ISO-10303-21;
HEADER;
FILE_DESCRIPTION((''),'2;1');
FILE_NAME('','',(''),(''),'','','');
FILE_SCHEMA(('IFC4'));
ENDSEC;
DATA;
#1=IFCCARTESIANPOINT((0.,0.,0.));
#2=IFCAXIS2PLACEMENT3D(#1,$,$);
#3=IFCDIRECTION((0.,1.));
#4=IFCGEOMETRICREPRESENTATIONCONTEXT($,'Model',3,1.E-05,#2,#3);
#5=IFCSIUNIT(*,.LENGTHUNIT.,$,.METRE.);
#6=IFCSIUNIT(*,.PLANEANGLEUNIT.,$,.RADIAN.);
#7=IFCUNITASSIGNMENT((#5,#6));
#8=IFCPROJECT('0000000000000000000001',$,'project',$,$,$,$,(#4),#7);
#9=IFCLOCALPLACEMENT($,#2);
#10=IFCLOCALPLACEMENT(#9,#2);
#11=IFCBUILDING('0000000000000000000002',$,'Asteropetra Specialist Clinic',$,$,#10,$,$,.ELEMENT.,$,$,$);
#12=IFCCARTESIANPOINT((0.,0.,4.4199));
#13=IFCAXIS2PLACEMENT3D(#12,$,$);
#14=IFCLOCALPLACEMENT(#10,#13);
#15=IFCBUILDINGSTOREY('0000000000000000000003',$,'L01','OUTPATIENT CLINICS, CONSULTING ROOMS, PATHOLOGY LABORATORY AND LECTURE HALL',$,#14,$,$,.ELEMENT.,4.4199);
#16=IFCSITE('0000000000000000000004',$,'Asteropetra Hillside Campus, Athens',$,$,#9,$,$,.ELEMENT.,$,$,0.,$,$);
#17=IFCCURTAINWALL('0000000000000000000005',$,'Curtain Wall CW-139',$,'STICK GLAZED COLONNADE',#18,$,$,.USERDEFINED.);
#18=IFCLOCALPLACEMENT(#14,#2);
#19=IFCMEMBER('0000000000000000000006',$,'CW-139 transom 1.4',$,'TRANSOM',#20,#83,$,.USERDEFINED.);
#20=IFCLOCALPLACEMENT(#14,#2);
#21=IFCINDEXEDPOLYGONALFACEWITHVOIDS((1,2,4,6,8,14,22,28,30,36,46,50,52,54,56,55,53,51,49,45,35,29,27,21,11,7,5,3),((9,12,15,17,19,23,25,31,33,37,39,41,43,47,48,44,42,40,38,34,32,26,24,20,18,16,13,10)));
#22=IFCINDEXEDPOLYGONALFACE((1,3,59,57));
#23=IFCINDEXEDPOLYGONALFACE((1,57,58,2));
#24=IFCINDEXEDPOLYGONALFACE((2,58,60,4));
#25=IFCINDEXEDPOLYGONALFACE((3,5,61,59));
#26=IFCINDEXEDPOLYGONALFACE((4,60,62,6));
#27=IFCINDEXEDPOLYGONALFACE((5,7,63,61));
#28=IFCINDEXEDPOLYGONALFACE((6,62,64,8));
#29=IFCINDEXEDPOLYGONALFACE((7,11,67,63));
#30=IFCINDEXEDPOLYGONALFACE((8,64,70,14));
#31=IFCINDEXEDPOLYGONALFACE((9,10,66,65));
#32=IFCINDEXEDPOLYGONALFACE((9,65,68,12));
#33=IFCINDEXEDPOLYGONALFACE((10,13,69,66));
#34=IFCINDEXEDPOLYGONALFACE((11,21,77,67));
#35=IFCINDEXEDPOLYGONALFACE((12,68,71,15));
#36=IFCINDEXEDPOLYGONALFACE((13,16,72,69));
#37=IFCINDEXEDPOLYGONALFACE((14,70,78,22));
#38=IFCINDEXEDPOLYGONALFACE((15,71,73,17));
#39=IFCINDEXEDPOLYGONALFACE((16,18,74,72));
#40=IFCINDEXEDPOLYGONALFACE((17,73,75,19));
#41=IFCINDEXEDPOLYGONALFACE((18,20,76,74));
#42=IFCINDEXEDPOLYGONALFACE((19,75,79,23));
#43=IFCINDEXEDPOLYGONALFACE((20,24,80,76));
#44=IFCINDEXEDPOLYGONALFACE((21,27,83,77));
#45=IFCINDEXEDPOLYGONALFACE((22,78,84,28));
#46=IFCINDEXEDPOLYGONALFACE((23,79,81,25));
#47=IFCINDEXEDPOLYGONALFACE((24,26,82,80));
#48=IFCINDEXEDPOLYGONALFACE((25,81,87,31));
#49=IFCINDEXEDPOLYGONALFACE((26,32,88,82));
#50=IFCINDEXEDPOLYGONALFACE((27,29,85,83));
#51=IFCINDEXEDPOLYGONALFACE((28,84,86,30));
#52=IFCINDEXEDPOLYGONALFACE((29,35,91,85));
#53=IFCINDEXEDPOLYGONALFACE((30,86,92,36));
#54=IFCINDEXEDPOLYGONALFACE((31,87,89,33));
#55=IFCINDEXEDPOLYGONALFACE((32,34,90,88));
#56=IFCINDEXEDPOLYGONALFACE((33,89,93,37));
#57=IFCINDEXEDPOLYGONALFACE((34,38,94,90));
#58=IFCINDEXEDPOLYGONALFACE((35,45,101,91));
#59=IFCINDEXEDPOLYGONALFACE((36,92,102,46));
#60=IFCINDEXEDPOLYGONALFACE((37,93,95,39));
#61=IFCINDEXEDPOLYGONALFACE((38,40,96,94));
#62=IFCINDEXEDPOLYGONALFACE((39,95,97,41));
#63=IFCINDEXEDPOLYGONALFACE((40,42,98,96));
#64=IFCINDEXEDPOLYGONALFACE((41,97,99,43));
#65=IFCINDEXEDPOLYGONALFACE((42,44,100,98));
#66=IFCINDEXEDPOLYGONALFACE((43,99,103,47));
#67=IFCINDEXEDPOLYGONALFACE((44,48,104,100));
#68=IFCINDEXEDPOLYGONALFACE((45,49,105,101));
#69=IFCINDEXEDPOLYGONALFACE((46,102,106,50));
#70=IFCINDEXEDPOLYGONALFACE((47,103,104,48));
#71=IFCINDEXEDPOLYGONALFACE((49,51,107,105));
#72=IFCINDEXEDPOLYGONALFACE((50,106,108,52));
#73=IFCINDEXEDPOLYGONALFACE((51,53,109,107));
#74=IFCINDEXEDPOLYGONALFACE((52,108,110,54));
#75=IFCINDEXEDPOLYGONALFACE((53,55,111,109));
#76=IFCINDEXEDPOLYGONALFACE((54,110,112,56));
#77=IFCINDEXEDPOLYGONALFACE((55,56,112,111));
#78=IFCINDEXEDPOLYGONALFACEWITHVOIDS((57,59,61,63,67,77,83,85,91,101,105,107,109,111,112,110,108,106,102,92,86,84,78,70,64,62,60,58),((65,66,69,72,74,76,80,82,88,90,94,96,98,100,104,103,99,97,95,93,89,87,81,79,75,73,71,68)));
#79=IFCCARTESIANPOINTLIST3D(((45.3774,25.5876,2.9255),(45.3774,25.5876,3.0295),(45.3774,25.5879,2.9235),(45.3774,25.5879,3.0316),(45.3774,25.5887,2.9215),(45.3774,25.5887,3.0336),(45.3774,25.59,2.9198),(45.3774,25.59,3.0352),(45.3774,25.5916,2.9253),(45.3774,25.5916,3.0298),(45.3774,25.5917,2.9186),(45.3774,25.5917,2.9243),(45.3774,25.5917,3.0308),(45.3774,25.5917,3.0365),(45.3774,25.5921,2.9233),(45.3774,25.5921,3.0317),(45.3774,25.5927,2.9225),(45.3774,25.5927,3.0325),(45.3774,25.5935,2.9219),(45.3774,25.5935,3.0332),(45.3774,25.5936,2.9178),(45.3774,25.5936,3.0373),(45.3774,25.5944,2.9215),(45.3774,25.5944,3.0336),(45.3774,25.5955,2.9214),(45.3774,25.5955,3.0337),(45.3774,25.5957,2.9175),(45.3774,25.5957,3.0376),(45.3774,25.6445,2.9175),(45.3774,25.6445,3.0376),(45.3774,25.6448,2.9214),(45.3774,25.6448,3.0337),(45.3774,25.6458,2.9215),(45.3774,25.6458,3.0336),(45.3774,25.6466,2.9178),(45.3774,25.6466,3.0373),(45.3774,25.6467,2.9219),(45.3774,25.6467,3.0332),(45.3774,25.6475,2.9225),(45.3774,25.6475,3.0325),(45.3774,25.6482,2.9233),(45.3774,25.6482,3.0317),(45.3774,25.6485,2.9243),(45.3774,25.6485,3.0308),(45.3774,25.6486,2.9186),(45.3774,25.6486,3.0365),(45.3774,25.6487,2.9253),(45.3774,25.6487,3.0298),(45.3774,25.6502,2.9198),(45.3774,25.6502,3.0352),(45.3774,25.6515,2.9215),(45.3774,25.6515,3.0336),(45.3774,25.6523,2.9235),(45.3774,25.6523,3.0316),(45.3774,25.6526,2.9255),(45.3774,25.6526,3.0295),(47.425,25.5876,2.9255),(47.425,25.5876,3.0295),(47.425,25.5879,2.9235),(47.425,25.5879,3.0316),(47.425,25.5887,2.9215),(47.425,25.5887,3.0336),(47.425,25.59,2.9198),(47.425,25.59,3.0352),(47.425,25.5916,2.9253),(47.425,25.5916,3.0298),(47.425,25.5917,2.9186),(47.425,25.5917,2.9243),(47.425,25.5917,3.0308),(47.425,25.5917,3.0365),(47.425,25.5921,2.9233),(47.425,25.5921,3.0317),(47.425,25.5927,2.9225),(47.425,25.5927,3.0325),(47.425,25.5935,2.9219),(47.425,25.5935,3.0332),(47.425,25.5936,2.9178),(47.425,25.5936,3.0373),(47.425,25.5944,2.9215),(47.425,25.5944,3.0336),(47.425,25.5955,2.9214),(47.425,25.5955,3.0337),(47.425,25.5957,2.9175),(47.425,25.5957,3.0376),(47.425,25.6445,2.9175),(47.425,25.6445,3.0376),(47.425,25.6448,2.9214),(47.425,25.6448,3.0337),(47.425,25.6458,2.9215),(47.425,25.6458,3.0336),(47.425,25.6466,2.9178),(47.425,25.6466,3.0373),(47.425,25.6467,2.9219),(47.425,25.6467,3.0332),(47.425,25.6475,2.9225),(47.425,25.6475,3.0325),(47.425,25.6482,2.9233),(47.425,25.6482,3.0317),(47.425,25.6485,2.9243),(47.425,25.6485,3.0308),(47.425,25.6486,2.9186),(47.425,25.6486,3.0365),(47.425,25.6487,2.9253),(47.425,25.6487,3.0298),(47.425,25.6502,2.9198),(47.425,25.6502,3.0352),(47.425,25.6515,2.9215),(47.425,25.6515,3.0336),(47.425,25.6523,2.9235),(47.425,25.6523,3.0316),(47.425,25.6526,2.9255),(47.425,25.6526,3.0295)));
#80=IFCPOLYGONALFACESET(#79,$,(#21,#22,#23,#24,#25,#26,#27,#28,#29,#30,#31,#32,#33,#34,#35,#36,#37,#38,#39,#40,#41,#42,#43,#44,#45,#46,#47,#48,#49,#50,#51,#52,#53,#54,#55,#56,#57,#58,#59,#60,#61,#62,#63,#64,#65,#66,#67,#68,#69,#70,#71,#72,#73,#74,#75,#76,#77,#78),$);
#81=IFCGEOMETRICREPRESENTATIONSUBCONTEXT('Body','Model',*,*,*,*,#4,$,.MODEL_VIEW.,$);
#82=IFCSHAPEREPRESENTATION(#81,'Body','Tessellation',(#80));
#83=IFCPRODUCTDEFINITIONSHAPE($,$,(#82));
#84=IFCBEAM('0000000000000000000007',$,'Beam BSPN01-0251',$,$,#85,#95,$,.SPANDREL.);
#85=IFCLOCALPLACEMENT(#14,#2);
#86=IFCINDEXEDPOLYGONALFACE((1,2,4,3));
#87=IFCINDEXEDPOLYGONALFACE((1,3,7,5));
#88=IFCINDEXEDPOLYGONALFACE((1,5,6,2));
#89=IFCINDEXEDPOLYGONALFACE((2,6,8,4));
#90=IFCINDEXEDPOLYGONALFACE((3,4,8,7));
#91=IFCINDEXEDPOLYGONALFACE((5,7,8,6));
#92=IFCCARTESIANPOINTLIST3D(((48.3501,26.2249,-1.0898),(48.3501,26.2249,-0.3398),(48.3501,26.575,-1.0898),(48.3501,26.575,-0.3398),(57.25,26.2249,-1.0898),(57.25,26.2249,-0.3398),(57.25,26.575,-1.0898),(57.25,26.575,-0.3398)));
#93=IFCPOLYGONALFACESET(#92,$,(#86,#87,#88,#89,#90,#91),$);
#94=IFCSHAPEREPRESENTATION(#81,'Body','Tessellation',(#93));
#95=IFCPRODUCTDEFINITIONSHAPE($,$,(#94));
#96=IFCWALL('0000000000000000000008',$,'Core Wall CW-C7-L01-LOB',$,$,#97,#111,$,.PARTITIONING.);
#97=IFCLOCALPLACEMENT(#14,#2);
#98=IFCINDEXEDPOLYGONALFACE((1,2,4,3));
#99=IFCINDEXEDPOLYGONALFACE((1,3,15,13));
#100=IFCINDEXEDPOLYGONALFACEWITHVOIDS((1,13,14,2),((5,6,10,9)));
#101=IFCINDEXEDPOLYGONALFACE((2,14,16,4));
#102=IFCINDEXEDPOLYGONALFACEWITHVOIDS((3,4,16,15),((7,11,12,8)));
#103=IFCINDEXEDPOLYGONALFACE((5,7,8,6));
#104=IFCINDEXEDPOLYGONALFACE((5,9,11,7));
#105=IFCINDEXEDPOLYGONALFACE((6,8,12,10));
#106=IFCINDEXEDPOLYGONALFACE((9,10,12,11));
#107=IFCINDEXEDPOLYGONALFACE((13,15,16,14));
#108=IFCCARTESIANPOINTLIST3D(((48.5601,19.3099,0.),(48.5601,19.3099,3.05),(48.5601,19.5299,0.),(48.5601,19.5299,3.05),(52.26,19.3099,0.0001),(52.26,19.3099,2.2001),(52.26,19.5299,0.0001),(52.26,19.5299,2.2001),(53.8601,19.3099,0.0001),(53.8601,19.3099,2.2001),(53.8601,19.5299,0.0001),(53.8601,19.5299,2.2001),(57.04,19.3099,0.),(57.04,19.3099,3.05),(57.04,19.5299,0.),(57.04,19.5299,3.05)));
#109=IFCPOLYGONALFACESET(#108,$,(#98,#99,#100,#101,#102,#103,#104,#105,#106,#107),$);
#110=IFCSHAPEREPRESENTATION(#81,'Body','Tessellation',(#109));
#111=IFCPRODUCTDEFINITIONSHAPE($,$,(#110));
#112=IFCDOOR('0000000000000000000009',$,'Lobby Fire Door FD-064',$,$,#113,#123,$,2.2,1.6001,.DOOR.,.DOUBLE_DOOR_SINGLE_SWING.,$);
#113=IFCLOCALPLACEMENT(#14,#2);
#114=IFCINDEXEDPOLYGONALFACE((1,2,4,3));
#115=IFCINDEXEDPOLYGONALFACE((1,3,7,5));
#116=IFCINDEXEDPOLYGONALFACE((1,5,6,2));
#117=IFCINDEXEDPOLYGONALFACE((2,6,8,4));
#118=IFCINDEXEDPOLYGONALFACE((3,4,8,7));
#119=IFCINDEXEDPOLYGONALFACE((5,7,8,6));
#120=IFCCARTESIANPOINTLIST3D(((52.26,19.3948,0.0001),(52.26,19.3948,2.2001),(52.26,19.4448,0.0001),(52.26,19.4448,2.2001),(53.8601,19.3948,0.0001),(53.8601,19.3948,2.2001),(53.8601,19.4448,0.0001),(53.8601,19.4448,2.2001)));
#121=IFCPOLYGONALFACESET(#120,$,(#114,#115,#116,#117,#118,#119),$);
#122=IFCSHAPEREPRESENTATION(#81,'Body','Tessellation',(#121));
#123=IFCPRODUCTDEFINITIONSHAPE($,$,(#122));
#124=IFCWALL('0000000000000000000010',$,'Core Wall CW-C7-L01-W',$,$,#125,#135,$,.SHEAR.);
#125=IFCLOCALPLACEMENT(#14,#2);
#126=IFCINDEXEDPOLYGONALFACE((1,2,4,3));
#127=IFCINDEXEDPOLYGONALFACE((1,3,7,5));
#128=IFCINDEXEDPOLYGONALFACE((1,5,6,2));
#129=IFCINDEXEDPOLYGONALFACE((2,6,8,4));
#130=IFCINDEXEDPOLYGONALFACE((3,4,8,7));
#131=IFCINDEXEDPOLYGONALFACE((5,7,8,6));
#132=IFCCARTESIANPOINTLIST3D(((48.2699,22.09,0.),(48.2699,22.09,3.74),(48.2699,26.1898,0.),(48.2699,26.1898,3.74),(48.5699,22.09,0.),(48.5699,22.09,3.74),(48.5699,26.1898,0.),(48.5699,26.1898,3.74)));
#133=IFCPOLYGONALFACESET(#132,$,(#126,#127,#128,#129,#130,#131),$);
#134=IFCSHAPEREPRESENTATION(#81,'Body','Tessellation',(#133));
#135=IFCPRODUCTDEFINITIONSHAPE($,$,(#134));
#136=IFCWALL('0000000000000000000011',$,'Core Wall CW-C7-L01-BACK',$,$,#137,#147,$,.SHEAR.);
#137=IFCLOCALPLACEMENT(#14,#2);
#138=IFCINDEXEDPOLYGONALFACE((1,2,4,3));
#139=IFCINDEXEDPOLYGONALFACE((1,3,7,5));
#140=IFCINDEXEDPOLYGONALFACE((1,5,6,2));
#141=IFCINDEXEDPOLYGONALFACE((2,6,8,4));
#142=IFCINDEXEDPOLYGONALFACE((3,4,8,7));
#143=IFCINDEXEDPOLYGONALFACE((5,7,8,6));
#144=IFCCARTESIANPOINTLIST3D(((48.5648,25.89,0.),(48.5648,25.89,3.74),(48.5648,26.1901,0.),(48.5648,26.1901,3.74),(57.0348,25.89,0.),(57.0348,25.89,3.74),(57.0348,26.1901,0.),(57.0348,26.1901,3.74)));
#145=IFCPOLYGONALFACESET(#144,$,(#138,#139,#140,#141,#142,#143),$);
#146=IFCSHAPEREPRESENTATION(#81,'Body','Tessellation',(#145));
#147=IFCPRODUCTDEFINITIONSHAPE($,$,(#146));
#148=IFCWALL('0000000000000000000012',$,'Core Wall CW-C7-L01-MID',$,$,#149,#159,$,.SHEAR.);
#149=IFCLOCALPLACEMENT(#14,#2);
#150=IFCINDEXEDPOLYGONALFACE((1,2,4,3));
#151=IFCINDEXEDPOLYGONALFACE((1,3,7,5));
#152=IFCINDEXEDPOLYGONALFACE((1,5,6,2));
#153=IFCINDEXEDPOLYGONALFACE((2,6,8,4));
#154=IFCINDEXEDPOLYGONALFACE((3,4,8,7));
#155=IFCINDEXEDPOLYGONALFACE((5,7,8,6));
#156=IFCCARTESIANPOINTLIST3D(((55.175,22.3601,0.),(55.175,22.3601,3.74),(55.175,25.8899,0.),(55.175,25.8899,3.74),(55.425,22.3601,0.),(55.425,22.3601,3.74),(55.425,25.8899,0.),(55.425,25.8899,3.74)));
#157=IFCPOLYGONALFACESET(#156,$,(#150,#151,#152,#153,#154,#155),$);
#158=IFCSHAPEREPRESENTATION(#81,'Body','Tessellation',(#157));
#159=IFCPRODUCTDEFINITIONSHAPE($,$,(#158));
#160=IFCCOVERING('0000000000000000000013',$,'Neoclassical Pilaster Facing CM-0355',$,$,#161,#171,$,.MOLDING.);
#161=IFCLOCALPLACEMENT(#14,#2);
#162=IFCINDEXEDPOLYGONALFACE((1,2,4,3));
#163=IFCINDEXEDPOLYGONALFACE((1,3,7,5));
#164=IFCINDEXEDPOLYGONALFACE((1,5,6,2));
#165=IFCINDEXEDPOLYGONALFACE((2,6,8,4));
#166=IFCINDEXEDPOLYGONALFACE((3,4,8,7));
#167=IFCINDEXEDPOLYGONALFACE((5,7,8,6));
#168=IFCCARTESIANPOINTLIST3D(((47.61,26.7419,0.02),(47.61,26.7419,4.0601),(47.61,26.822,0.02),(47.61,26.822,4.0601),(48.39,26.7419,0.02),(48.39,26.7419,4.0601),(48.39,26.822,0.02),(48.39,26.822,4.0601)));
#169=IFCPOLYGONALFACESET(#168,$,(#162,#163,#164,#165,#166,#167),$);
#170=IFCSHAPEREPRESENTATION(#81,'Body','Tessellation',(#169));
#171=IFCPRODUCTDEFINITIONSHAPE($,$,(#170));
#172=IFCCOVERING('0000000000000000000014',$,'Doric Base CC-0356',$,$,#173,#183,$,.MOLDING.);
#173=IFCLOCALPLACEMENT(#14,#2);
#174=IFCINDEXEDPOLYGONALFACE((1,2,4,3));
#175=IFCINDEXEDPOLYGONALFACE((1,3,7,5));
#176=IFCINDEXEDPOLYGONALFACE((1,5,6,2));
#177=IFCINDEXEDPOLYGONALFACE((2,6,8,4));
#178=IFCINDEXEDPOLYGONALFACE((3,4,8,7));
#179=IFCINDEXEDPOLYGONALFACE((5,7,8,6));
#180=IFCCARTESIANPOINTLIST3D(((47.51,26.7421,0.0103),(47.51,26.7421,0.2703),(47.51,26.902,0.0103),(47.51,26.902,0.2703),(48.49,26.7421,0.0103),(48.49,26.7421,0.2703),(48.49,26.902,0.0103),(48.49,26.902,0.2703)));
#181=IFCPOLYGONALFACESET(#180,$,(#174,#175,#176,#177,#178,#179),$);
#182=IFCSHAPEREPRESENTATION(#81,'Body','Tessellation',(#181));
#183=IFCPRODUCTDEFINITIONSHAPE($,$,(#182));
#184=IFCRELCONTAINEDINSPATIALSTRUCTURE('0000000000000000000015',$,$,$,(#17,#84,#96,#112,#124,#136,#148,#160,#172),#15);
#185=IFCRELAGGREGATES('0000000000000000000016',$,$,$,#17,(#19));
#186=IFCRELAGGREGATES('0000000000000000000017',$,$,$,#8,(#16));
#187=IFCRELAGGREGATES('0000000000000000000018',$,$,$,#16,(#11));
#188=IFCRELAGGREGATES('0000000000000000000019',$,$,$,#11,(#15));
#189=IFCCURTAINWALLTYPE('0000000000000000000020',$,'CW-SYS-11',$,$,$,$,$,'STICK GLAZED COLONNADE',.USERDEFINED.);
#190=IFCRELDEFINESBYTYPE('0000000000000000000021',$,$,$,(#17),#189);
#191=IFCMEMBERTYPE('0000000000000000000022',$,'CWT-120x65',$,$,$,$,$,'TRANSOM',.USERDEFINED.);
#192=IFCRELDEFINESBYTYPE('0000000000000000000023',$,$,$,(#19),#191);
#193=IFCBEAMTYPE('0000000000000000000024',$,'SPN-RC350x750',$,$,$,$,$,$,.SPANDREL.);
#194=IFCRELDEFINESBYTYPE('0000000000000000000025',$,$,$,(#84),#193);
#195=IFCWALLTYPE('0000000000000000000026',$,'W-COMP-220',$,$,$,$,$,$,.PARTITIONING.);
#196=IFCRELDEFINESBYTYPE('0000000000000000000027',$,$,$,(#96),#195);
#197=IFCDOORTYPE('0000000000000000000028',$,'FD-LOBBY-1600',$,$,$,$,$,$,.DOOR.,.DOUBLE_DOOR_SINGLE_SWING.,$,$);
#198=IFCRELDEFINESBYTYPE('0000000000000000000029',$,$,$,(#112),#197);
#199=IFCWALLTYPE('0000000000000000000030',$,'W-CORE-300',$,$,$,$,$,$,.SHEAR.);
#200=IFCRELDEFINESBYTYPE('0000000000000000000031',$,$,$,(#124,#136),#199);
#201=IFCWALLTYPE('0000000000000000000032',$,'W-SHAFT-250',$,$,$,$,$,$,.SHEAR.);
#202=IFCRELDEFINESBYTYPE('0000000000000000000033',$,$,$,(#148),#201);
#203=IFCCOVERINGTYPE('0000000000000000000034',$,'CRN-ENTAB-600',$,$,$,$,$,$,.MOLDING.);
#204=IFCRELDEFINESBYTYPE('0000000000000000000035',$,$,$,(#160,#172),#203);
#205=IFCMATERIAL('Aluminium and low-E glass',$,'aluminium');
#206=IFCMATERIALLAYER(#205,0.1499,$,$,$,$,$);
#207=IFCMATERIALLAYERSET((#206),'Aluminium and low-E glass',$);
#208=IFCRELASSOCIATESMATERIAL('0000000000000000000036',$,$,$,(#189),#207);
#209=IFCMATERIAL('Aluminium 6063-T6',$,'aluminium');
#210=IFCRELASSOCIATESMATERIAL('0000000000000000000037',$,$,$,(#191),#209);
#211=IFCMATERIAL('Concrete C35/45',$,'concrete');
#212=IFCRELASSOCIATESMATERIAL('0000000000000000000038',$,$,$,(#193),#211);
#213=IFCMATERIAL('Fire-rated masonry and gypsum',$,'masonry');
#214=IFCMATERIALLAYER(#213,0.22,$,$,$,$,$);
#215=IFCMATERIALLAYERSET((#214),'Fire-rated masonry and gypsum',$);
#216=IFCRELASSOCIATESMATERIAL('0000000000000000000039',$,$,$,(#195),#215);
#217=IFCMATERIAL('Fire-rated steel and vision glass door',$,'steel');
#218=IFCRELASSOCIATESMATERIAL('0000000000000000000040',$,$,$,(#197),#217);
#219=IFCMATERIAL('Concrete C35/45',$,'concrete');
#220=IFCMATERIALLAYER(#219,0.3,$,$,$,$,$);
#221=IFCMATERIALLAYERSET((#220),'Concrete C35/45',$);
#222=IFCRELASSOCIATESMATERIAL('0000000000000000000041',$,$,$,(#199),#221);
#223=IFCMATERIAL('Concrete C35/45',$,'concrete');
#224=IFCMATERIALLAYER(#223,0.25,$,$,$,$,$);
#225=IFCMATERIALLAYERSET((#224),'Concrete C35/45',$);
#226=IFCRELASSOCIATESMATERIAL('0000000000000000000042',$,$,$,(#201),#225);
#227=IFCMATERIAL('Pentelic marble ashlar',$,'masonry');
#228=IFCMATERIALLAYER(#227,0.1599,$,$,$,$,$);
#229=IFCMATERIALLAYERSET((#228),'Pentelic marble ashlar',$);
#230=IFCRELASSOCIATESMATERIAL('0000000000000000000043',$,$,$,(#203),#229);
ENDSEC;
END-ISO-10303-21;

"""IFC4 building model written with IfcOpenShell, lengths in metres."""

from ifc_helpers import new_model, si_unit, direction, frame, frame_2d, origin, origin_2d, place, context, subcontext, project, spatial, rectangle, hollow_rectangle, extrude, material, layer, layer_set, material_profile, profile_set, type_object, element, fill, aggregate, save


model = new_model("IFC4")

# Units and contexts
model_context = context("Model", 3, precision=1e-05, world=origin(), true_north=direction((0.0, 1.0)))
body_context = subcontext(model_context, "Body", "Model", "MODEL_VIEW")
ifc_project = project(units=[si_unit("LENGTHUNIT", "METRE"), si_unit("PLANEANGLEUNIT", "RADIAN")], contexts=[model_context])

# Site, building, storey
site_placement = place(None, origin())
site = spatial("IfcSite", under=ifc_project, at=site_placement, Name="Asteropetra Hillside Campus, Athens", CompositionType="ELEMENT", RefElevation=0.0)
building_placement = place(site_placement, origin())
building = spatial("IfcBuilding", under=site, at=building_placement, Name="Asteropetra Specialist Clinic", CompositionType="ELEMENT")
storey_placement = place(building_placement, frame((0.0, 0.0, 4.4199)))
storey = spatial("IfcBuildingStorey", under=building, at=storey_placement, Name="L01", Description="OUTPATIENT CLINICS, CONSULTING ROOMS, PATHOLOGY LABORATORY AND LECTURE HALL", CompositionType="ELEMENT", Elevation=4.4199)

# Curtain wall
ifc_material_1 = material(Name="Aluminium and low-E glass", Category="aluminium")
ifc_layer_1 = layer(ifc_material_1, 0.1499)
ifc_layer_set_1 = layer_set([ifc_layer_1], Name="Aluminium and low-E glass")
curtain_wall_type_1 = type_object("IfcCurtainWallType", Name="CW-SYS-11", ElementType="STICK GLAZED COLONNADE", PredefinedType="USERDEFINED", material=ifc_layer_set_1)
curtain_wall_1_placement = place(storey_placement, origin())
curtain_wall_1 = element("IfcCurtainWall", 1, at=curtain_wall_1_placement, inside=storey, type_object=curtain_wall_type_1, Name="Curtain Wall CW-139", ObjectType="STICK GLAZED COLONNADE", PredefinedType="USERDEFINED")

# Member
ifc_material_2 = material(Name="Aluminium 6063-T6", Category="aluminium")
ifc_material_profile_1 = material_profile(ifc_material_2, hollow_rectangle(XDim=0.0649, YDim=0.1201, WallThickness=0.0039, InnerFilletRadius=0.0039, OuterFilletRadius=0.0081, at=origin_2d()), Name="TRN 120x65x4.0")
ifc_profile_set_1 = profile_set([ifc_material_profile_1], Name="Aluminium 6063-T6")
member_type_1 = type_object("IfcMemberType", Name="CWT-120x65", ElementType="TRANSOM", PredefinedType="USERDEFINED", material=ifc_profile_set_1)
member_1_placement = place(storey_placement, frame((47.425, 25.6201, 2.9775), z_axis=(-1.0, 0.0, 0.0), x_axis=(0.0, -1.0, 0.0)))
member_1 = element("IfcMember", 2, at=member_1_placement, type_object=member_type_1, Name="CW-139 transom 1.4", ObjectType="TRANSOM", PredefinedType="USERDEFINED", context=body_context, shape_type="SweptSolid", body=[
    extrude(hollow_rectangle(XDim=0.0649, YDim=0.1201, WallThickness=0.0039, InnerFilletRadius=0.0039, OuterFilletRadius=0.0081, at=origin_2d()), origin(), (0.0, 0.0, 1.0), 2.0476),
])
aggregate(curtain_wall_1, [member_1])

# Beam
ifc_material_3 = material(Name="Concrete C35/45", Category="concrete")
ifc_material_profile_2 = material_profile(ifc_material_3, rectangle(XDim=0.3501, YDim=0.75, at=origin_2d()), Name="RCS 350x750")
ifc_profile_set_2 = profile_set([ifc_material_profile_2], Name="Concrete C35/45")
beam_type_1 = type_object("IfcBeamType", Name="SPN-RC350x750", PredefinedType="SPANDREL", material=ifc_profile_set_2)
beam_1_placement = place(storey_placement, frame((48.3501, 26.3999, -0.7148), z_axis=(1.0, 0.0, 0.0), x_axis=(0.0, 1.0, 0.0)))
element("IfcBeam", 3, at=beam_1_placement, inside=storey, type_object=beam_type_1, Name="Beam BSPN01-0251", PredefinedType="SPANDREL", context=body_context, shape_type="SweptSolid", body=[
    extrude(rectangle(XDim=0.3501, YDim=0.75, at=origin_2d()), origin(), (0.0, 0.0, 1.0), 8.8999),
])

# Wall, opening, door
ifc_material_4 = material(Name="Fire-rated masonry and gypsum", Category="masonry")
ifc_layer_2 = layer(ifc_material_4, 0.22)
ifc_layer_set_2 = layer_set([ifc_layer_2], Name="Fire-rated masonry and gypsum")
wall_type_1 = type_object("IfcWallType", Name="W-COMP-220", PredefinedType="PARTITIONING", material=ifc_layer_set_2)
wall_1_placement = place(storey_placement, frame((48.5601, 19.4199, 0.0), z_axis=(0.0, 0.0, 1.0), x_axis=(1.0, 0.0, 0.0)))
wall_1 = element("IfcWall", 4, at=wall_1_placement, inside=storey, type_object=wall_type_1, Name="Core Wall CW-C7-L01-LOB", PredefinedType="PARTITIONING", context=body_context, shape_type="SweptSolid", body=[
    extrude(rectangle(XDim=8.48, YDim=0.22, at=frame_2d((4.24, 0.0))), origin(), (0.0, 0.0, 1.0), 3.05),
])
opening_1_placement = place(wall_1_placement, frame((3.7, 0.0, 0.0)))
opening_1 = element("IfcOpeningElement", 5, at=opening_1_placement, cuts=wall_1, PredefinedType="OPENING", context=body_context, shape_type="SweptSolid", body=[
    extrude(rectangle(XDim=1.6001, YDim=2.2, at=frame_2d((0.8, 1.1001))), frame((0.0, 0.1199, 0.0), z_axis=(0.0, -1.0, 0.0), x_axis=(1.0, 0.0, 0.0)), (0.0, 0.0, 1.0), 0.24),
])
ifc_material_5 = material(Name="Fire-rated steel and vision glass door", Category="steel")
door_type_1 = type_object("IfcDoorType", Name="FD-LOBBY-1600", OperationType="DOUBLE_DOOR_SINGLE_SWING", PredefinedType="DOOR", material=ifc_material_5)
door_1_placement = place(opening_1_placement, origin())
door_1 = element("IfcDoor", 6, at=door_1_placement, inside=storey, type_object=door_type_1, Name="Lobby Fire Door FD-064", OperationType="DOUBLE_DOOR_SINGLE_SWING", OverallHeight=2.2, OverallWidth=1.6001, PredefinedType="DOOR", context=body_context, shape_type="SweptSolid", body=[
    extrude(rectangle(XDim=1.6001, YDim=2.2, at=frame_2d((0.8, 1.1001))), frame((0.0, 0.0249, 0.0), z_axis=(0.0, -1.0, 0.0), x_axis=(1.0, 0.0, 0.0)), (0.0, 0.0, 1.0), 0.05),
])
fill(opening_1, door_1)

# Walls
ifc_material_6 = material(Name="Concrete C35/45", Category="concrete")
ifc_layer_3 = layer(ifc_material_6, 0.3)
ifc_layer_set_3 = layer_set([ifc_layer_3], Name="Concrete C35/45")
wall_type_2 = type_object("IfcWallType", Name="W-CORE-300", PredefinedType="SHEAR", material=ifc_layer_set_3)
wall_2_placement = place(storey_placement, frame((48.4199, 22.0901, 0.0), z_axis=(0.0, 0.0, 1.0), x_axis=(0.0, 1.0, 0.0)))
element("IfcWall", 7, at=wall_2_placement, inside=storey, type_object=wall_type_2, Name="Core Wall CW-C7-L01-W", PredefinedType="SHEAR", context=body_context, shape_type="SweptSolid", body=[
    extrude(rectangle(XDim=4.0999, YDim=0.3, at=frame_2d((2.0498, 0.0))), origin(), (0.0, 0.0, 1.0), 3.74),
])
wall_3_placement = place(storey_placement, frame((48.5649, 26.04, 0.0), z_axis=(0.0, 0.0, 1.0), x_axis=(1.0, 0.0, 0.0)))
element("IfcWall", 8, at=wall_3_placement, inside=storey, type_object=wall_type_2, Name="Core Wall CW-C7-L01-BACK", PredefinedType="SHEAR", context=body_context, shape_type="SweptSolid", body=[
    extrude(rectangle(XDim=8.47, YDim=0.3, at=frame_2d((4.2349, 0.0))), origin(), (0.0, 0.0, 1.0), 3.74),
])
ifc_material_7 = material(Name="Concrete C35/45", Category="concrete")
ifc_layer_4 = layer(ifc_material_7, 0.25)
ifc_layer_set_4 = layer_set([ifc_layer_4], Name="Concrete C35/45")
wall_type_3 = type_object("IfcWallType", Name="W-SHAFT-250", PredefinedType="SHEAR", material=ifc_layer_set_4)
wall_4_placement = place(storey_placement, frame((55.3, 22.3601, 0.0), z_axis=(0.0, 0.0, 1.0), x_axis=(0.0, 1.0, 0.0)))
element("IfcWall", 9, at=wall_4_placement, inside=storey, type_object=wall_type_3, Name="Core Wall CW-C7-L01-MID", PredefinedType="SHEAR", context=body_context, shape_type="SweptSolid", body=[
    extrude(rectangle(XDim=3.5298, YDim=0.25, at=frame_2d((1.7649, 0.0))), origin(), (0.0, 0.0, 1.0), 3.74),
])

# Coverings
ifc_material_8 = material(Name="Pentelic marble ashlar", Category="masonry")
ifc_layer_5 = layer(ifc_material_8, 0.1599)
ifc_layer_set_5 = layer_set([ifc_layer_5], Name="Pentelic marble ashlar")
covering_type = type_object("IfcCoveringType", Name="CRN-ENTAB-600", PredefinedType="MOLDING", material=ifc_layer_set_5)
covering_1_placement = place(storey_placement, frame((48.0, 26.782, 0.02), z_axis=(0.0, 0.0, 1.0), x_axis=(1.0, 0.0, 0.0)))
element("IfcCovering", 10, at=covering_1_placement, inside=storey, type_object=covering_type, Name="Neoclassical Pilaster Facing CM-0355", PredefinedType="MOLDING", context=body_context, shape_type="SweptSolid", body=[
    extrude(rectangle(XDim=0.78, YDim=0.0801, at=origin_2d()), origin(), (0.0, 0.0, 1.0), 4.04),
])
for number, where, z_axis, x_axis, name in (
    (11, (48.0, 26.822, 0.0103), (0.0, 0.0, 1.0), (1.0, 0.0, 0.0), "Doric Base CC-0356"),
):
    element("IfcCovering", number, at=place(storey_placement, frame(where, z_axis=z_axis, x_axis=x_axis)), inside=storey, type_object=covering_type, Name=name, PredefinedType="MOLDING", context=body_context, shape_type="SweptSolid", body=[
        extrude(rectangle(XDim=0.98, YDim=0.1599, at=origin_2d()), origin(), (0.0, 0.0, 1.0), 0.26),
    ])

save(model, "model.ifc")
